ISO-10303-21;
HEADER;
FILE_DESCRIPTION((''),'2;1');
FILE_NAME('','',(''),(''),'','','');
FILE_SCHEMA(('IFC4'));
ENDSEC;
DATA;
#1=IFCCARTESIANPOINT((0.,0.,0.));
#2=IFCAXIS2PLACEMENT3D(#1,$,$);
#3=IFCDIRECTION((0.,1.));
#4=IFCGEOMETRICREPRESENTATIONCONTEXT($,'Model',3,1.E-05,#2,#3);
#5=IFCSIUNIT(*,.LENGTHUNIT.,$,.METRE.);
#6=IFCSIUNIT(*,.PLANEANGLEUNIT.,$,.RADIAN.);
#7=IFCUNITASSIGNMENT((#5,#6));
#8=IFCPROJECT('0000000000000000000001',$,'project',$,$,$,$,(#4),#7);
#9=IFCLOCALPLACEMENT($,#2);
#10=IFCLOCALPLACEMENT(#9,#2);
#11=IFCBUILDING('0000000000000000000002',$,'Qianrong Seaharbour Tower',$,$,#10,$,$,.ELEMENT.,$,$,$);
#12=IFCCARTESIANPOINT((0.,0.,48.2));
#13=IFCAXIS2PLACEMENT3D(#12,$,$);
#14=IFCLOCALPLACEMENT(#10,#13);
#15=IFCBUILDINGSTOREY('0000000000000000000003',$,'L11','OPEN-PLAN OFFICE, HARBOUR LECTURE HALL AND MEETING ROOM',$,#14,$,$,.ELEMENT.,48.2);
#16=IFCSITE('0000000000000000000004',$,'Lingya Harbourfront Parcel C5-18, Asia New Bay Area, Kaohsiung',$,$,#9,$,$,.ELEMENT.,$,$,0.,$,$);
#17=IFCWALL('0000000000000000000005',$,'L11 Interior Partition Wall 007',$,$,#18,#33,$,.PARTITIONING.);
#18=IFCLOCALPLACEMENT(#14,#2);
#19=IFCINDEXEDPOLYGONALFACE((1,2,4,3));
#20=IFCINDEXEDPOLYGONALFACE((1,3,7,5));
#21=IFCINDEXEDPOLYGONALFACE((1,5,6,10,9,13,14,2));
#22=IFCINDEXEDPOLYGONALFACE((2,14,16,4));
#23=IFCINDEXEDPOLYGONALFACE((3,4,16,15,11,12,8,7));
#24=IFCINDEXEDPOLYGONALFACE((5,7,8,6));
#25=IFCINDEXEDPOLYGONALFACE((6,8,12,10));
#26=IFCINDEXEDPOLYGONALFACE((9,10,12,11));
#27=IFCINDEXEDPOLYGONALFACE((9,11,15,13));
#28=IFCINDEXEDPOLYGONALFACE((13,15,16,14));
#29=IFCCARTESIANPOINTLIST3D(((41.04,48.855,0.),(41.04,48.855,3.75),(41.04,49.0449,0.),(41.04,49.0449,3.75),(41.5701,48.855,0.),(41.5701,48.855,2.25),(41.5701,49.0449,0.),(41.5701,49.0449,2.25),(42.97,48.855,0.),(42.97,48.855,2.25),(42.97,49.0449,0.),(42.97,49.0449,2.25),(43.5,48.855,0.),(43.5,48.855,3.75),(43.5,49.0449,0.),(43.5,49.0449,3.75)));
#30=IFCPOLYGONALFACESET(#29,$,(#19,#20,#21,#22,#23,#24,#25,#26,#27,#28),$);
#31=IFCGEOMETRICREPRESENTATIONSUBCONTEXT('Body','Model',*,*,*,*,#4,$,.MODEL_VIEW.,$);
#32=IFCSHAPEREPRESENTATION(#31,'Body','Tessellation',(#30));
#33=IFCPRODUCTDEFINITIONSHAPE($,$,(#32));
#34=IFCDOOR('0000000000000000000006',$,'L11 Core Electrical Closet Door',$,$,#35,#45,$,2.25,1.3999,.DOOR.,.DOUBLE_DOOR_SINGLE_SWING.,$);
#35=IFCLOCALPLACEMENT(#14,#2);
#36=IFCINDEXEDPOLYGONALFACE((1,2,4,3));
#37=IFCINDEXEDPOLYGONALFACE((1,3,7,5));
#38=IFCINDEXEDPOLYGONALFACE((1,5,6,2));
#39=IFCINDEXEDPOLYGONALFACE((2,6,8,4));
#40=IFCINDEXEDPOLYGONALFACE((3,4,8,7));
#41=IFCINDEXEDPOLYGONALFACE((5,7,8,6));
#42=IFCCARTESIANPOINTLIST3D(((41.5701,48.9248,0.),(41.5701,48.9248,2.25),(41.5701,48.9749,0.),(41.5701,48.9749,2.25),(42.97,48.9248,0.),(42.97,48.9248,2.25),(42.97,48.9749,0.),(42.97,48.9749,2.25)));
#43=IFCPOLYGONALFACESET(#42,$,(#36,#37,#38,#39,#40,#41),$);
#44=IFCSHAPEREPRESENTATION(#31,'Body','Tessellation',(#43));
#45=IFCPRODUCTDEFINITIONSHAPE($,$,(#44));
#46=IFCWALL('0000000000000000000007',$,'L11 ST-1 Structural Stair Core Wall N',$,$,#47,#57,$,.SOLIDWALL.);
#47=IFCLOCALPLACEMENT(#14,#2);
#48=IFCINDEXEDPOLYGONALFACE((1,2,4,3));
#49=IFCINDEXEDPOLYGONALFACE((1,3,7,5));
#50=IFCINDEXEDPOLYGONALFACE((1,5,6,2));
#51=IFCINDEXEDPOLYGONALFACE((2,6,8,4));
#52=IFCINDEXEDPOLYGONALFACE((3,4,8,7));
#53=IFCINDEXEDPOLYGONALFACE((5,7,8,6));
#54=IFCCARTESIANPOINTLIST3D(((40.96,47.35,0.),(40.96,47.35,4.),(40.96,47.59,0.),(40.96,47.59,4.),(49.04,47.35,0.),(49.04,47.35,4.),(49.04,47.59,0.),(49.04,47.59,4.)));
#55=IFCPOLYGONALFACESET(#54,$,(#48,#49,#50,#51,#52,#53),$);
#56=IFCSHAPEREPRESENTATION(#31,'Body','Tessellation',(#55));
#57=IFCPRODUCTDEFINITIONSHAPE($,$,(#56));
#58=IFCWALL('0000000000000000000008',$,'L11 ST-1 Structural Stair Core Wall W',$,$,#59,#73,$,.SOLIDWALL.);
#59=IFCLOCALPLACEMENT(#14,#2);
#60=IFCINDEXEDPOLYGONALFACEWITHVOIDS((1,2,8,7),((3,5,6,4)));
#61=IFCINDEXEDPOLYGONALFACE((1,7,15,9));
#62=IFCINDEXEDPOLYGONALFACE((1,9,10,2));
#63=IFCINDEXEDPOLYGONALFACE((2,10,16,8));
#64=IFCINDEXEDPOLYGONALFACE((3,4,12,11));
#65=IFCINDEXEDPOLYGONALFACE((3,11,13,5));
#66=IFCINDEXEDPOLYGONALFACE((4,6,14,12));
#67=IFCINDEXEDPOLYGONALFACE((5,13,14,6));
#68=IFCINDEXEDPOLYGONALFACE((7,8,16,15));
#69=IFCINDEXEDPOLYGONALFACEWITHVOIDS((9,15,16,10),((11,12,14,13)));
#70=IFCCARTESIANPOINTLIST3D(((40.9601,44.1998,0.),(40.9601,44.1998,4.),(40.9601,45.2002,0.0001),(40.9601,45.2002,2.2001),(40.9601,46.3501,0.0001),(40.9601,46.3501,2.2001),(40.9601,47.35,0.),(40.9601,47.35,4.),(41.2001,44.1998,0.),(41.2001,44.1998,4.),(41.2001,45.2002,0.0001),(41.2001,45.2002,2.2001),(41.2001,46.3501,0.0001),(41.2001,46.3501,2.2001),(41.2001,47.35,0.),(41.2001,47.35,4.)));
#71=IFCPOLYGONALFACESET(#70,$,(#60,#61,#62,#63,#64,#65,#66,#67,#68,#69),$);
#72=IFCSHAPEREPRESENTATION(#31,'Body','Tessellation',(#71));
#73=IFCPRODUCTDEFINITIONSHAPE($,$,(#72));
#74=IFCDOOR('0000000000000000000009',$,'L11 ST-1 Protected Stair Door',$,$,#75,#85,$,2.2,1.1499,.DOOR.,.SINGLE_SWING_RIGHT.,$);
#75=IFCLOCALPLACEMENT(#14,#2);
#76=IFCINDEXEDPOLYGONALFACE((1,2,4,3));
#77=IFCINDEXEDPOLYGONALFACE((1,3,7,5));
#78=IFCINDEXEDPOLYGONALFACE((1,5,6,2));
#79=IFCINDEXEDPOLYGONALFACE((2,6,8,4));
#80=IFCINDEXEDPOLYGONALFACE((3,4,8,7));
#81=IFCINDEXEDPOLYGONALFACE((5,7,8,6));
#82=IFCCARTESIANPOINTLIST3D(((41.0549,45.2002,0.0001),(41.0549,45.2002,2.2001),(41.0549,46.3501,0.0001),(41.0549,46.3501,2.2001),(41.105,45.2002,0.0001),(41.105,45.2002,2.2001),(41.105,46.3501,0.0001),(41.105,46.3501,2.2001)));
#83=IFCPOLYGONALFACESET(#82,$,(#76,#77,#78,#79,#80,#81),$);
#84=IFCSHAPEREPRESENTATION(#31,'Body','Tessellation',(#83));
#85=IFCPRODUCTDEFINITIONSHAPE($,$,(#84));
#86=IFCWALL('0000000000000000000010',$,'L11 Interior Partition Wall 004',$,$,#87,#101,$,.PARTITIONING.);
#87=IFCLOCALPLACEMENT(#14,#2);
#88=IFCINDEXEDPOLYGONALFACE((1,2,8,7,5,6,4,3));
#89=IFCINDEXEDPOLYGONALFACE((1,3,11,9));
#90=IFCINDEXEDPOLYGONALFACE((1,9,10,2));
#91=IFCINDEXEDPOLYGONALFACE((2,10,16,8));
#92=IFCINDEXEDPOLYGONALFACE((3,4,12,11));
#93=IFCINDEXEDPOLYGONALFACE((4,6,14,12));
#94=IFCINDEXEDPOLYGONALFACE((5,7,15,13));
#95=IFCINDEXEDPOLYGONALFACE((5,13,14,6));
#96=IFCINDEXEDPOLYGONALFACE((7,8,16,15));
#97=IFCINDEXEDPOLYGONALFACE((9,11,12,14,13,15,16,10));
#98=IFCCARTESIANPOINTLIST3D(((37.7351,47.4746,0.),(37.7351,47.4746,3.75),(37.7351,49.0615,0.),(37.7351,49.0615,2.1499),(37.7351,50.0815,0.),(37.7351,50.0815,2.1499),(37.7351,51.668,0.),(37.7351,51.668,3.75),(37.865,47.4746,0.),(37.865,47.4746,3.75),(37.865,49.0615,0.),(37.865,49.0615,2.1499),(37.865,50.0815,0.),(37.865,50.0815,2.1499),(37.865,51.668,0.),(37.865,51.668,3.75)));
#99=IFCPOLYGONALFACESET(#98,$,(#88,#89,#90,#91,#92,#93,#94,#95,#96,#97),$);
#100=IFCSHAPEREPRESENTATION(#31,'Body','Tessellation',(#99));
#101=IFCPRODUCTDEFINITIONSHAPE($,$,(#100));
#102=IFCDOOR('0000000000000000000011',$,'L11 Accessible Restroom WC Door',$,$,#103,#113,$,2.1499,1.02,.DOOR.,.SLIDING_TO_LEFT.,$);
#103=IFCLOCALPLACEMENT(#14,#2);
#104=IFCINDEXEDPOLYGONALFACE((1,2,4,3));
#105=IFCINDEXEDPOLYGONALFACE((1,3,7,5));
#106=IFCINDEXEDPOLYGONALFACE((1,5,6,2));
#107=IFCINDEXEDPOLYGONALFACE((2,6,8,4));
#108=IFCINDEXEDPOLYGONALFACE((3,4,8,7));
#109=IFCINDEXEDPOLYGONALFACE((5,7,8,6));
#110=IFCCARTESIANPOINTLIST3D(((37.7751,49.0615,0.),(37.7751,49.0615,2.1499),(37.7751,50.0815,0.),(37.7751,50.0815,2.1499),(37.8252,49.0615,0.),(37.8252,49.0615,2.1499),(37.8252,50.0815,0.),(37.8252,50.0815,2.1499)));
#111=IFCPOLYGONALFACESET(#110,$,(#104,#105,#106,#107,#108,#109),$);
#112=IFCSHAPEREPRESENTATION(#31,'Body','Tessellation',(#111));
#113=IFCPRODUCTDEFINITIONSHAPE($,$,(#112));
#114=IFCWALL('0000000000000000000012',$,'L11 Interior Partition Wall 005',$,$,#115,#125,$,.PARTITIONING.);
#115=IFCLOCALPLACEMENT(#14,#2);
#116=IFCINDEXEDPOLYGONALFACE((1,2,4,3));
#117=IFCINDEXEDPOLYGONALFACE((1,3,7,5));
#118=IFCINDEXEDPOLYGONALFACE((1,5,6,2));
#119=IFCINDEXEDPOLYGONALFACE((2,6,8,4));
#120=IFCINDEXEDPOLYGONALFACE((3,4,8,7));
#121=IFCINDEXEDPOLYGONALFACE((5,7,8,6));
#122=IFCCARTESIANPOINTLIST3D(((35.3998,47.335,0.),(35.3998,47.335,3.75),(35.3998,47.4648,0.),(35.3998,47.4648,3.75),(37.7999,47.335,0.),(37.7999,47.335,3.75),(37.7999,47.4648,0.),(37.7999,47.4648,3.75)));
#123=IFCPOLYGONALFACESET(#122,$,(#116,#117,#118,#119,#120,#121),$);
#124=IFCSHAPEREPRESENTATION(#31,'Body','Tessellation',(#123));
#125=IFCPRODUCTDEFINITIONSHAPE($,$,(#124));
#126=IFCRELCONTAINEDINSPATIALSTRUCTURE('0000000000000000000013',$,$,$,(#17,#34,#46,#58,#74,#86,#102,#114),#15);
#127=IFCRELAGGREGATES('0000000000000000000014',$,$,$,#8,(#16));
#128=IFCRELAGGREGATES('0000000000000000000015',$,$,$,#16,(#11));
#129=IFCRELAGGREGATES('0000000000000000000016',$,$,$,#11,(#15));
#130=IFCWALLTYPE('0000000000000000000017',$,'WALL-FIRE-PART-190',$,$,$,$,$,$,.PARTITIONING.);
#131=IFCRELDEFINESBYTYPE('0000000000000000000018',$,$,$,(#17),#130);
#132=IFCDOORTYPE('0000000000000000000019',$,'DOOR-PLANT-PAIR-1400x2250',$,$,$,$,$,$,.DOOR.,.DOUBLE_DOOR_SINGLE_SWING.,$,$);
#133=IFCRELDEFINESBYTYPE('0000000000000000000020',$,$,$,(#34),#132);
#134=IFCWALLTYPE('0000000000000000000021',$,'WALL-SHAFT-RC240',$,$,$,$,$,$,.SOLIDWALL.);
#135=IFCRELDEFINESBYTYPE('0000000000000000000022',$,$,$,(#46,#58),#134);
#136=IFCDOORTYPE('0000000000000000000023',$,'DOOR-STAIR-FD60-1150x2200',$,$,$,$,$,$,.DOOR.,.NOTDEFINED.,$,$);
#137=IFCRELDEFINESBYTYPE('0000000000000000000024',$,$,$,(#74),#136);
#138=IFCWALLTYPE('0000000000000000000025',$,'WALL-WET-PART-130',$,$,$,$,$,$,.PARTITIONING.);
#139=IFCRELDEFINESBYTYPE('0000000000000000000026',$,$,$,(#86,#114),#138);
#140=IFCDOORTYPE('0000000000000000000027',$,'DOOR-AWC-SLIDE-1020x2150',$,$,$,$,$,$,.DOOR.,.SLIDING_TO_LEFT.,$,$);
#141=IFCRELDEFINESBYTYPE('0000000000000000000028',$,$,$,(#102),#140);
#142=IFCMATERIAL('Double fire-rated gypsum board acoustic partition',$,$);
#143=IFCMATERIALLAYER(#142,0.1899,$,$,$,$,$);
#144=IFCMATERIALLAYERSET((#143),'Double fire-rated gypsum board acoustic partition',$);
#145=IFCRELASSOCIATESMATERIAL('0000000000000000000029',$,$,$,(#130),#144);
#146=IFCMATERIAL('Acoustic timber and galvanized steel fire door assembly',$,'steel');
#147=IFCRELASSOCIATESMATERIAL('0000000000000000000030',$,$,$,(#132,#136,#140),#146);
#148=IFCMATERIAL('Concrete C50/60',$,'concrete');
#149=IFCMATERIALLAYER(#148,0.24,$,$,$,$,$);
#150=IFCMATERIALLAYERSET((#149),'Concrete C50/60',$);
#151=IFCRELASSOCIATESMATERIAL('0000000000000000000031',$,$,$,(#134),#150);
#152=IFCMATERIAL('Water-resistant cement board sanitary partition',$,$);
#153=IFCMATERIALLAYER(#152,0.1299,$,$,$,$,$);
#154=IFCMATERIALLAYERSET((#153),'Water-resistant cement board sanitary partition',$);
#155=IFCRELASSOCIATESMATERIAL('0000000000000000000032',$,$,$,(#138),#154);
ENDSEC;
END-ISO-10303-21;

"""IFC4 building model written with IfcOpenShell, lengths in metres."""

from ifc_helpers import new_model, si_unit, direction, frame, frame_2d, origin, place, context, subcontext, project, spatial, rectangle, extrude, material, layer, layer_set, type_object, element, fill, save


model = new_model("IFC4")

# Units and contexts
model_context = context("Model", 3, precision=1e-05, world=origin(), true_north=direction((0.0, 1.0)))
body_context = subcontext(model_context, "Body", "Model", "MODEL_VIEW")
ifc_project = project(units=[si_unit("LENGTHUNIT", "METRE"), si_unit("PLANEANGLEUNIT", "RADIAN")], contexts=[model_context])

# Site, building, storey
site_placement = place(None, origin())
site = spatial("IfcSite", under=ifc_project, at=site_placement, Name="Lingya Harbourfront Parcel C5-18, Asia New Bay Area, Kaohsiung", CompositionType="ELEMENT", RefElevation=0.0)
building_placement = place(site_placement, origin())
building = spatial("IfcBuilding", under=site, at=building_placement, Name="Qianrong Seaharbour Tower", CompositionType="ELEMENT")
storey_placement = place(building_placement, frame((0.0, 0.0, 48.2)))
storey = spatial("IfcBuildingStorey", under=building, at=storey_placement, Name="L11", Description="OPEN-PLAN OFFICE, HARBOUR LECTURE HALL AND MEETING ROOM", CompositionType="ELEMENT", Elevation=48.2)

# Shared definitions
ifc_material_1 = material(Name="Acoustic timber and galvanized steel fire door assembly", Category="steel")

# Wall, opening, door
ifc_material_2 = material(Name="Double fire-rated gypsum board acoustic partition")
ifc_layer_1 = layer(ifc_material_2, 0.1899)
ifc_layer_set_1 = layer_set([ifc_layer_1], Name="Double fire-rated gypsum board acoustic partition")
wall_type_1 = type_object("IfcWallType", Name="WALL-FIRE-PART-190", PredefinedType="PARTITIONING", material=ifc_layer_set_1)
wall_1_placement = place(storey_placement, frame((41.04, 48.95, 0.0), z_axis=(0.0, 0.0, 1.0), x_axis=(1.0, 0.0, 0.0)))
wall_1 = element("IfcWall", 1, at=wall_1_placement, inside=storey, type_object=wall_type_1, Name="L11 Interior Partition Wall 007", PredefinedType="PARTITIONING", context=body_context, shape_type="SweptSolid", body=[
    extrude(rectangle(XDim=2.46, YDim=0.1899, at=frame_2d((1.23, 0.0))), origin(), (0.0, 0.0, 1.0), 3.75),
])
opening_1_placement = place(wall_1_placement, frame((0.53, 0.0, 0.0)))
opening_1 = element("IfcOpeningElement", 2, at=opening_1_placement, cuts=wall_1, PredefinedType="OPENING", context=body_context, shape_type="SweptSolid", body=[
    extrude(rectangle(XDim=1.3999, YDim=2.25, at=frame_2d((0.7, 1.125))), frame((0.0, 0.105, 0.0), z_axis=(0.0, -1.0, 0.0), x_axis=(1.0, 0.0, 0.0)), (0.0, 0.0, 1.0), 0.21),
])
door_type_1 = type_object("IfcDoorType", Name="DOOR-PLANT-PAIR-1400x2250", OperationType="DOUBLE_DOOR_SINGLE_SWING", PredefinedType="DOOR", material=ifc_material_1)
door_1_placement = place(opening_1_placement, origin())
door_1 = element("IfcDoor", 3, at=door_1_placement, inside=storey, type_object=door_type_1, Name="L11 Core Electrical Closet Door", OperationType="DOUBLE_DOOR_SINGLE_SWING", OverallHeight=2.25, OverallWidth=1.3999, PredefinedType="DOOR", context=body_context, shape_type="SweptSolid", body=[
    extrude(rectangle(XDim=1.3999, YDim=2.25, at=frame_2d((0.7, 1.125))), frame((0.0, 0.0249, 0.0), z_axis=(0.0, -1.0, 0.0), x_axis=(1.0, 0.0, 0.0)), (0.0, 0.0, 1.0), 0.05),
])
fill(opening_1, door_1)

# Wall
ifc_material_3 = material(Name="Concrete C50/60", Category="concrete")
ifc_layer_2 = layer(ifc_material_3, 0.24)
ifc_layer_set_2 = layer_set([ifc_layer_2], Name="Concrete C50/60")
wall_type_2 = type_object("IfcWallType", Name="WALL-SHAFT-RC240", PredefinedType="SOLIDWALL", material=ifc_layer_set_2)
wall_2_placement = place(storey_placement, frame((40.96, 47.47, 0.0), z_axis=(0.0, 0.0, 1.0), x_axis=(1.0, 0.0, 0.0)))
element("IfcWall", 4, at=wall_2_placement, inside=storey, type_object=wall_type_2, Name="L11 ST-1 Structural Stair Core Wall N", PredefinedType="SOLIDWALL", context=body_context, shape_type="SweptSolid", body=[
    extrude(rectangle(XDim=8.0801, YDim=0.24, at=frame_2d((4.04, 0.0))), origin(), (0.0, 0.0, 1.0), 4.0),
])

# Walls, openings, doors
wall_3_placement = place(storey_placement, frame((41.0801, 47.3501, 0.0), z_axis=(0.0, 0.0, 1.0), x_axis=(0.0, -1.0, 0.0)))
wall_3 = element("IfcWall", 5, at=wall_3_placement, inside=storey, type_object=wall_type_2, Name="L11 ST-1 Structural Stair Core Wall W", PredefinedType="SOLIDWALL", context=body_context, shape_type="SweptSolid", body=[
    extrude(rectangle(XDim=3.1501, YDim=0.24, at=frame_2d((1.5752, 0.0))), origin(), (0.0, 0.0, 1.0), 4.0),
])
opening_2_placement = place(wall_3_placement, frame((1.0, 0.0, 0.0)))
opening_2 = element("IfcOpeningElement", 6, at=opening_2_placement, cuts=wall_3, PredefinedType="OPENING", context=body_context, shape_type="SweptSolid", body=[
    extrude(rectangle(XDim=1.1499, YDim=2.2, at=frame_2d((0.575, 1.1001))), frame((0.0, 0.1299, 0.0), z_axis=(0.0, -1.0, 0.0), x_axis=(1.0, 0.0, 0.0)), (0.0, 0.0, 1.0), 0.26),
])
door_type_2 = type_object("IfcDoorType", Name="DOOR-STAIR-FD60-1150x2200", OperationType="NOTDEFINED", PredefinedType="DOOR", material=ifc_material_1)
door_2_placement = place(opening_2_placement, origin())
door_2 = element("IfcDoor", 7, at=door_2_placement, inside=storey, type_object=door_type_2, Name="L11 ST-1 Protected Stair Door", OperationType="SINGLE_SWING_RIGHT", OverallHeight=2.2, OverallWidth=1.1499, PredefinedType="DOOR", context=body_context, shape_type="SweptSolid", body=[
    extrude(rectangle(XDim=1.1499, YDim=2.2, at=frame_2d((0.575, 1.1001))), frame((0.0, 0.0249, 0.0), z_axis=(0.0, -1.0, 0.0), x_axis=(1.0, 0.0, 0.0)), (0.0, 0.0, 1.0), 0.05),
])
fill(opening_2, door_2)
ifc_material_4 = material(Name="Water-resistant cement board sanitary partition")
ifc_layer_3 = layer(ifc_material_4, 0.1299)
ifc_layer_set_3 = layer_set([ifc_layer_3], Name="Water-resistant cement board sanitary partition")
wall_type_3 = type_object("IfcWallType", Name="WALL-WET-PART-130", PredefinedType="PARTITIONING", material=ifc_layer_set_3)
wall_4_placement = place(storey_placement, frame((37.8, 47.4746, 0.0), z_axis=(0.0, 0.0, 1.0), x_axis=(0.0, 1.0, 0.0)))
wall_4 = element("IfcWall", 8, at=wall_4_placement, inside=storey, type_object=wall_type_3, Name="L11 Interior Partition Wall 004", PredefinedType="PARTITIONING", context=body_context, shape_type="SweptSolid", body=[
    extrude(rectangle(XDim=4.1934, YDim=0.1299, at=frame_2d((2.0967, 0.0))), origin(), (0.0, 0.0, 1.0), 3.75),
])
opening_3_placement = place(wall_4_placement, frame((1.5869, 0.0, 0.0)))
opening_3 = element("IfcOpeningElement", 9, at=opening_3_placement, cuts=wall_4, PredefinedType="OPENING", context=body_context, shape_type="SweptSolid", body=[
    extrude(rectangle(XDim=1.02, YDim=2.1499, at=frame_2d((0.51, 1.075))), frame((0.0, 0.075, 0.0), z_axis=(0.0, -1.0, 0.0), x_axis=(1.0, 0.0, 0.0)), (0.0, 0.0, 1.0), 0.1499),
])
door_type_3 = type_object("IfcDoorType", Name="DOOR-AWC-SLIDE-1020x2150", OperationType="SLIDING_TO_LEFT", PredefinedType="DOOR", material=ifc_material_1)
door_3_placement = place(opening_3_placement, origin())
door_3 = element("IfcDoor", 10, at=door_3_placement, inside=storey, type_object=door_type_3, Name="L11 Accessible Restroom WC Door", OperationType="SLIDING_TO_LEFT", OverallHeight=2.1499, OverallWidth=1.02, PredefinedType="DOOR", context=body_context, shape_type="SweptSolid", body=[
    extrude(rectangle(XDim=1.02, YDim=2.1499, at=frame_2d((0.51, 1.075))), frame((0.0, 0.0249, 0.0), z_axis=(0.0, -1.0, 0.0), x_axis=(1.0, 0.0, 0.0)), (0.0, 0.0, 1.0), 0.05),
])
fill(opening_3, door_3)

# Wall
wall_5_placement = place(storey_placement, frame((37.8, 47.3999, 0.0), z_axis=(0.0, 0.0, 1.0), x_axis=(-1.0, 0.0, 0.0)))
element("IfcWall", 11, at=wall_5_placement, inside=storey, type_object=wall_type_3, Name="L11 Interior Partition Wall 005", PredefinedType="PARTITIONING", context=body_context, shape_type="SweptSolid", body=[
    extrude(rectangle(XDim=2.4001, YDim=0.1299, at=frame_2d((1.2002, 0.0))), origin(), (0.0, 0.0, 1.0), 3.75),
])

save(model, "model.ifc")
